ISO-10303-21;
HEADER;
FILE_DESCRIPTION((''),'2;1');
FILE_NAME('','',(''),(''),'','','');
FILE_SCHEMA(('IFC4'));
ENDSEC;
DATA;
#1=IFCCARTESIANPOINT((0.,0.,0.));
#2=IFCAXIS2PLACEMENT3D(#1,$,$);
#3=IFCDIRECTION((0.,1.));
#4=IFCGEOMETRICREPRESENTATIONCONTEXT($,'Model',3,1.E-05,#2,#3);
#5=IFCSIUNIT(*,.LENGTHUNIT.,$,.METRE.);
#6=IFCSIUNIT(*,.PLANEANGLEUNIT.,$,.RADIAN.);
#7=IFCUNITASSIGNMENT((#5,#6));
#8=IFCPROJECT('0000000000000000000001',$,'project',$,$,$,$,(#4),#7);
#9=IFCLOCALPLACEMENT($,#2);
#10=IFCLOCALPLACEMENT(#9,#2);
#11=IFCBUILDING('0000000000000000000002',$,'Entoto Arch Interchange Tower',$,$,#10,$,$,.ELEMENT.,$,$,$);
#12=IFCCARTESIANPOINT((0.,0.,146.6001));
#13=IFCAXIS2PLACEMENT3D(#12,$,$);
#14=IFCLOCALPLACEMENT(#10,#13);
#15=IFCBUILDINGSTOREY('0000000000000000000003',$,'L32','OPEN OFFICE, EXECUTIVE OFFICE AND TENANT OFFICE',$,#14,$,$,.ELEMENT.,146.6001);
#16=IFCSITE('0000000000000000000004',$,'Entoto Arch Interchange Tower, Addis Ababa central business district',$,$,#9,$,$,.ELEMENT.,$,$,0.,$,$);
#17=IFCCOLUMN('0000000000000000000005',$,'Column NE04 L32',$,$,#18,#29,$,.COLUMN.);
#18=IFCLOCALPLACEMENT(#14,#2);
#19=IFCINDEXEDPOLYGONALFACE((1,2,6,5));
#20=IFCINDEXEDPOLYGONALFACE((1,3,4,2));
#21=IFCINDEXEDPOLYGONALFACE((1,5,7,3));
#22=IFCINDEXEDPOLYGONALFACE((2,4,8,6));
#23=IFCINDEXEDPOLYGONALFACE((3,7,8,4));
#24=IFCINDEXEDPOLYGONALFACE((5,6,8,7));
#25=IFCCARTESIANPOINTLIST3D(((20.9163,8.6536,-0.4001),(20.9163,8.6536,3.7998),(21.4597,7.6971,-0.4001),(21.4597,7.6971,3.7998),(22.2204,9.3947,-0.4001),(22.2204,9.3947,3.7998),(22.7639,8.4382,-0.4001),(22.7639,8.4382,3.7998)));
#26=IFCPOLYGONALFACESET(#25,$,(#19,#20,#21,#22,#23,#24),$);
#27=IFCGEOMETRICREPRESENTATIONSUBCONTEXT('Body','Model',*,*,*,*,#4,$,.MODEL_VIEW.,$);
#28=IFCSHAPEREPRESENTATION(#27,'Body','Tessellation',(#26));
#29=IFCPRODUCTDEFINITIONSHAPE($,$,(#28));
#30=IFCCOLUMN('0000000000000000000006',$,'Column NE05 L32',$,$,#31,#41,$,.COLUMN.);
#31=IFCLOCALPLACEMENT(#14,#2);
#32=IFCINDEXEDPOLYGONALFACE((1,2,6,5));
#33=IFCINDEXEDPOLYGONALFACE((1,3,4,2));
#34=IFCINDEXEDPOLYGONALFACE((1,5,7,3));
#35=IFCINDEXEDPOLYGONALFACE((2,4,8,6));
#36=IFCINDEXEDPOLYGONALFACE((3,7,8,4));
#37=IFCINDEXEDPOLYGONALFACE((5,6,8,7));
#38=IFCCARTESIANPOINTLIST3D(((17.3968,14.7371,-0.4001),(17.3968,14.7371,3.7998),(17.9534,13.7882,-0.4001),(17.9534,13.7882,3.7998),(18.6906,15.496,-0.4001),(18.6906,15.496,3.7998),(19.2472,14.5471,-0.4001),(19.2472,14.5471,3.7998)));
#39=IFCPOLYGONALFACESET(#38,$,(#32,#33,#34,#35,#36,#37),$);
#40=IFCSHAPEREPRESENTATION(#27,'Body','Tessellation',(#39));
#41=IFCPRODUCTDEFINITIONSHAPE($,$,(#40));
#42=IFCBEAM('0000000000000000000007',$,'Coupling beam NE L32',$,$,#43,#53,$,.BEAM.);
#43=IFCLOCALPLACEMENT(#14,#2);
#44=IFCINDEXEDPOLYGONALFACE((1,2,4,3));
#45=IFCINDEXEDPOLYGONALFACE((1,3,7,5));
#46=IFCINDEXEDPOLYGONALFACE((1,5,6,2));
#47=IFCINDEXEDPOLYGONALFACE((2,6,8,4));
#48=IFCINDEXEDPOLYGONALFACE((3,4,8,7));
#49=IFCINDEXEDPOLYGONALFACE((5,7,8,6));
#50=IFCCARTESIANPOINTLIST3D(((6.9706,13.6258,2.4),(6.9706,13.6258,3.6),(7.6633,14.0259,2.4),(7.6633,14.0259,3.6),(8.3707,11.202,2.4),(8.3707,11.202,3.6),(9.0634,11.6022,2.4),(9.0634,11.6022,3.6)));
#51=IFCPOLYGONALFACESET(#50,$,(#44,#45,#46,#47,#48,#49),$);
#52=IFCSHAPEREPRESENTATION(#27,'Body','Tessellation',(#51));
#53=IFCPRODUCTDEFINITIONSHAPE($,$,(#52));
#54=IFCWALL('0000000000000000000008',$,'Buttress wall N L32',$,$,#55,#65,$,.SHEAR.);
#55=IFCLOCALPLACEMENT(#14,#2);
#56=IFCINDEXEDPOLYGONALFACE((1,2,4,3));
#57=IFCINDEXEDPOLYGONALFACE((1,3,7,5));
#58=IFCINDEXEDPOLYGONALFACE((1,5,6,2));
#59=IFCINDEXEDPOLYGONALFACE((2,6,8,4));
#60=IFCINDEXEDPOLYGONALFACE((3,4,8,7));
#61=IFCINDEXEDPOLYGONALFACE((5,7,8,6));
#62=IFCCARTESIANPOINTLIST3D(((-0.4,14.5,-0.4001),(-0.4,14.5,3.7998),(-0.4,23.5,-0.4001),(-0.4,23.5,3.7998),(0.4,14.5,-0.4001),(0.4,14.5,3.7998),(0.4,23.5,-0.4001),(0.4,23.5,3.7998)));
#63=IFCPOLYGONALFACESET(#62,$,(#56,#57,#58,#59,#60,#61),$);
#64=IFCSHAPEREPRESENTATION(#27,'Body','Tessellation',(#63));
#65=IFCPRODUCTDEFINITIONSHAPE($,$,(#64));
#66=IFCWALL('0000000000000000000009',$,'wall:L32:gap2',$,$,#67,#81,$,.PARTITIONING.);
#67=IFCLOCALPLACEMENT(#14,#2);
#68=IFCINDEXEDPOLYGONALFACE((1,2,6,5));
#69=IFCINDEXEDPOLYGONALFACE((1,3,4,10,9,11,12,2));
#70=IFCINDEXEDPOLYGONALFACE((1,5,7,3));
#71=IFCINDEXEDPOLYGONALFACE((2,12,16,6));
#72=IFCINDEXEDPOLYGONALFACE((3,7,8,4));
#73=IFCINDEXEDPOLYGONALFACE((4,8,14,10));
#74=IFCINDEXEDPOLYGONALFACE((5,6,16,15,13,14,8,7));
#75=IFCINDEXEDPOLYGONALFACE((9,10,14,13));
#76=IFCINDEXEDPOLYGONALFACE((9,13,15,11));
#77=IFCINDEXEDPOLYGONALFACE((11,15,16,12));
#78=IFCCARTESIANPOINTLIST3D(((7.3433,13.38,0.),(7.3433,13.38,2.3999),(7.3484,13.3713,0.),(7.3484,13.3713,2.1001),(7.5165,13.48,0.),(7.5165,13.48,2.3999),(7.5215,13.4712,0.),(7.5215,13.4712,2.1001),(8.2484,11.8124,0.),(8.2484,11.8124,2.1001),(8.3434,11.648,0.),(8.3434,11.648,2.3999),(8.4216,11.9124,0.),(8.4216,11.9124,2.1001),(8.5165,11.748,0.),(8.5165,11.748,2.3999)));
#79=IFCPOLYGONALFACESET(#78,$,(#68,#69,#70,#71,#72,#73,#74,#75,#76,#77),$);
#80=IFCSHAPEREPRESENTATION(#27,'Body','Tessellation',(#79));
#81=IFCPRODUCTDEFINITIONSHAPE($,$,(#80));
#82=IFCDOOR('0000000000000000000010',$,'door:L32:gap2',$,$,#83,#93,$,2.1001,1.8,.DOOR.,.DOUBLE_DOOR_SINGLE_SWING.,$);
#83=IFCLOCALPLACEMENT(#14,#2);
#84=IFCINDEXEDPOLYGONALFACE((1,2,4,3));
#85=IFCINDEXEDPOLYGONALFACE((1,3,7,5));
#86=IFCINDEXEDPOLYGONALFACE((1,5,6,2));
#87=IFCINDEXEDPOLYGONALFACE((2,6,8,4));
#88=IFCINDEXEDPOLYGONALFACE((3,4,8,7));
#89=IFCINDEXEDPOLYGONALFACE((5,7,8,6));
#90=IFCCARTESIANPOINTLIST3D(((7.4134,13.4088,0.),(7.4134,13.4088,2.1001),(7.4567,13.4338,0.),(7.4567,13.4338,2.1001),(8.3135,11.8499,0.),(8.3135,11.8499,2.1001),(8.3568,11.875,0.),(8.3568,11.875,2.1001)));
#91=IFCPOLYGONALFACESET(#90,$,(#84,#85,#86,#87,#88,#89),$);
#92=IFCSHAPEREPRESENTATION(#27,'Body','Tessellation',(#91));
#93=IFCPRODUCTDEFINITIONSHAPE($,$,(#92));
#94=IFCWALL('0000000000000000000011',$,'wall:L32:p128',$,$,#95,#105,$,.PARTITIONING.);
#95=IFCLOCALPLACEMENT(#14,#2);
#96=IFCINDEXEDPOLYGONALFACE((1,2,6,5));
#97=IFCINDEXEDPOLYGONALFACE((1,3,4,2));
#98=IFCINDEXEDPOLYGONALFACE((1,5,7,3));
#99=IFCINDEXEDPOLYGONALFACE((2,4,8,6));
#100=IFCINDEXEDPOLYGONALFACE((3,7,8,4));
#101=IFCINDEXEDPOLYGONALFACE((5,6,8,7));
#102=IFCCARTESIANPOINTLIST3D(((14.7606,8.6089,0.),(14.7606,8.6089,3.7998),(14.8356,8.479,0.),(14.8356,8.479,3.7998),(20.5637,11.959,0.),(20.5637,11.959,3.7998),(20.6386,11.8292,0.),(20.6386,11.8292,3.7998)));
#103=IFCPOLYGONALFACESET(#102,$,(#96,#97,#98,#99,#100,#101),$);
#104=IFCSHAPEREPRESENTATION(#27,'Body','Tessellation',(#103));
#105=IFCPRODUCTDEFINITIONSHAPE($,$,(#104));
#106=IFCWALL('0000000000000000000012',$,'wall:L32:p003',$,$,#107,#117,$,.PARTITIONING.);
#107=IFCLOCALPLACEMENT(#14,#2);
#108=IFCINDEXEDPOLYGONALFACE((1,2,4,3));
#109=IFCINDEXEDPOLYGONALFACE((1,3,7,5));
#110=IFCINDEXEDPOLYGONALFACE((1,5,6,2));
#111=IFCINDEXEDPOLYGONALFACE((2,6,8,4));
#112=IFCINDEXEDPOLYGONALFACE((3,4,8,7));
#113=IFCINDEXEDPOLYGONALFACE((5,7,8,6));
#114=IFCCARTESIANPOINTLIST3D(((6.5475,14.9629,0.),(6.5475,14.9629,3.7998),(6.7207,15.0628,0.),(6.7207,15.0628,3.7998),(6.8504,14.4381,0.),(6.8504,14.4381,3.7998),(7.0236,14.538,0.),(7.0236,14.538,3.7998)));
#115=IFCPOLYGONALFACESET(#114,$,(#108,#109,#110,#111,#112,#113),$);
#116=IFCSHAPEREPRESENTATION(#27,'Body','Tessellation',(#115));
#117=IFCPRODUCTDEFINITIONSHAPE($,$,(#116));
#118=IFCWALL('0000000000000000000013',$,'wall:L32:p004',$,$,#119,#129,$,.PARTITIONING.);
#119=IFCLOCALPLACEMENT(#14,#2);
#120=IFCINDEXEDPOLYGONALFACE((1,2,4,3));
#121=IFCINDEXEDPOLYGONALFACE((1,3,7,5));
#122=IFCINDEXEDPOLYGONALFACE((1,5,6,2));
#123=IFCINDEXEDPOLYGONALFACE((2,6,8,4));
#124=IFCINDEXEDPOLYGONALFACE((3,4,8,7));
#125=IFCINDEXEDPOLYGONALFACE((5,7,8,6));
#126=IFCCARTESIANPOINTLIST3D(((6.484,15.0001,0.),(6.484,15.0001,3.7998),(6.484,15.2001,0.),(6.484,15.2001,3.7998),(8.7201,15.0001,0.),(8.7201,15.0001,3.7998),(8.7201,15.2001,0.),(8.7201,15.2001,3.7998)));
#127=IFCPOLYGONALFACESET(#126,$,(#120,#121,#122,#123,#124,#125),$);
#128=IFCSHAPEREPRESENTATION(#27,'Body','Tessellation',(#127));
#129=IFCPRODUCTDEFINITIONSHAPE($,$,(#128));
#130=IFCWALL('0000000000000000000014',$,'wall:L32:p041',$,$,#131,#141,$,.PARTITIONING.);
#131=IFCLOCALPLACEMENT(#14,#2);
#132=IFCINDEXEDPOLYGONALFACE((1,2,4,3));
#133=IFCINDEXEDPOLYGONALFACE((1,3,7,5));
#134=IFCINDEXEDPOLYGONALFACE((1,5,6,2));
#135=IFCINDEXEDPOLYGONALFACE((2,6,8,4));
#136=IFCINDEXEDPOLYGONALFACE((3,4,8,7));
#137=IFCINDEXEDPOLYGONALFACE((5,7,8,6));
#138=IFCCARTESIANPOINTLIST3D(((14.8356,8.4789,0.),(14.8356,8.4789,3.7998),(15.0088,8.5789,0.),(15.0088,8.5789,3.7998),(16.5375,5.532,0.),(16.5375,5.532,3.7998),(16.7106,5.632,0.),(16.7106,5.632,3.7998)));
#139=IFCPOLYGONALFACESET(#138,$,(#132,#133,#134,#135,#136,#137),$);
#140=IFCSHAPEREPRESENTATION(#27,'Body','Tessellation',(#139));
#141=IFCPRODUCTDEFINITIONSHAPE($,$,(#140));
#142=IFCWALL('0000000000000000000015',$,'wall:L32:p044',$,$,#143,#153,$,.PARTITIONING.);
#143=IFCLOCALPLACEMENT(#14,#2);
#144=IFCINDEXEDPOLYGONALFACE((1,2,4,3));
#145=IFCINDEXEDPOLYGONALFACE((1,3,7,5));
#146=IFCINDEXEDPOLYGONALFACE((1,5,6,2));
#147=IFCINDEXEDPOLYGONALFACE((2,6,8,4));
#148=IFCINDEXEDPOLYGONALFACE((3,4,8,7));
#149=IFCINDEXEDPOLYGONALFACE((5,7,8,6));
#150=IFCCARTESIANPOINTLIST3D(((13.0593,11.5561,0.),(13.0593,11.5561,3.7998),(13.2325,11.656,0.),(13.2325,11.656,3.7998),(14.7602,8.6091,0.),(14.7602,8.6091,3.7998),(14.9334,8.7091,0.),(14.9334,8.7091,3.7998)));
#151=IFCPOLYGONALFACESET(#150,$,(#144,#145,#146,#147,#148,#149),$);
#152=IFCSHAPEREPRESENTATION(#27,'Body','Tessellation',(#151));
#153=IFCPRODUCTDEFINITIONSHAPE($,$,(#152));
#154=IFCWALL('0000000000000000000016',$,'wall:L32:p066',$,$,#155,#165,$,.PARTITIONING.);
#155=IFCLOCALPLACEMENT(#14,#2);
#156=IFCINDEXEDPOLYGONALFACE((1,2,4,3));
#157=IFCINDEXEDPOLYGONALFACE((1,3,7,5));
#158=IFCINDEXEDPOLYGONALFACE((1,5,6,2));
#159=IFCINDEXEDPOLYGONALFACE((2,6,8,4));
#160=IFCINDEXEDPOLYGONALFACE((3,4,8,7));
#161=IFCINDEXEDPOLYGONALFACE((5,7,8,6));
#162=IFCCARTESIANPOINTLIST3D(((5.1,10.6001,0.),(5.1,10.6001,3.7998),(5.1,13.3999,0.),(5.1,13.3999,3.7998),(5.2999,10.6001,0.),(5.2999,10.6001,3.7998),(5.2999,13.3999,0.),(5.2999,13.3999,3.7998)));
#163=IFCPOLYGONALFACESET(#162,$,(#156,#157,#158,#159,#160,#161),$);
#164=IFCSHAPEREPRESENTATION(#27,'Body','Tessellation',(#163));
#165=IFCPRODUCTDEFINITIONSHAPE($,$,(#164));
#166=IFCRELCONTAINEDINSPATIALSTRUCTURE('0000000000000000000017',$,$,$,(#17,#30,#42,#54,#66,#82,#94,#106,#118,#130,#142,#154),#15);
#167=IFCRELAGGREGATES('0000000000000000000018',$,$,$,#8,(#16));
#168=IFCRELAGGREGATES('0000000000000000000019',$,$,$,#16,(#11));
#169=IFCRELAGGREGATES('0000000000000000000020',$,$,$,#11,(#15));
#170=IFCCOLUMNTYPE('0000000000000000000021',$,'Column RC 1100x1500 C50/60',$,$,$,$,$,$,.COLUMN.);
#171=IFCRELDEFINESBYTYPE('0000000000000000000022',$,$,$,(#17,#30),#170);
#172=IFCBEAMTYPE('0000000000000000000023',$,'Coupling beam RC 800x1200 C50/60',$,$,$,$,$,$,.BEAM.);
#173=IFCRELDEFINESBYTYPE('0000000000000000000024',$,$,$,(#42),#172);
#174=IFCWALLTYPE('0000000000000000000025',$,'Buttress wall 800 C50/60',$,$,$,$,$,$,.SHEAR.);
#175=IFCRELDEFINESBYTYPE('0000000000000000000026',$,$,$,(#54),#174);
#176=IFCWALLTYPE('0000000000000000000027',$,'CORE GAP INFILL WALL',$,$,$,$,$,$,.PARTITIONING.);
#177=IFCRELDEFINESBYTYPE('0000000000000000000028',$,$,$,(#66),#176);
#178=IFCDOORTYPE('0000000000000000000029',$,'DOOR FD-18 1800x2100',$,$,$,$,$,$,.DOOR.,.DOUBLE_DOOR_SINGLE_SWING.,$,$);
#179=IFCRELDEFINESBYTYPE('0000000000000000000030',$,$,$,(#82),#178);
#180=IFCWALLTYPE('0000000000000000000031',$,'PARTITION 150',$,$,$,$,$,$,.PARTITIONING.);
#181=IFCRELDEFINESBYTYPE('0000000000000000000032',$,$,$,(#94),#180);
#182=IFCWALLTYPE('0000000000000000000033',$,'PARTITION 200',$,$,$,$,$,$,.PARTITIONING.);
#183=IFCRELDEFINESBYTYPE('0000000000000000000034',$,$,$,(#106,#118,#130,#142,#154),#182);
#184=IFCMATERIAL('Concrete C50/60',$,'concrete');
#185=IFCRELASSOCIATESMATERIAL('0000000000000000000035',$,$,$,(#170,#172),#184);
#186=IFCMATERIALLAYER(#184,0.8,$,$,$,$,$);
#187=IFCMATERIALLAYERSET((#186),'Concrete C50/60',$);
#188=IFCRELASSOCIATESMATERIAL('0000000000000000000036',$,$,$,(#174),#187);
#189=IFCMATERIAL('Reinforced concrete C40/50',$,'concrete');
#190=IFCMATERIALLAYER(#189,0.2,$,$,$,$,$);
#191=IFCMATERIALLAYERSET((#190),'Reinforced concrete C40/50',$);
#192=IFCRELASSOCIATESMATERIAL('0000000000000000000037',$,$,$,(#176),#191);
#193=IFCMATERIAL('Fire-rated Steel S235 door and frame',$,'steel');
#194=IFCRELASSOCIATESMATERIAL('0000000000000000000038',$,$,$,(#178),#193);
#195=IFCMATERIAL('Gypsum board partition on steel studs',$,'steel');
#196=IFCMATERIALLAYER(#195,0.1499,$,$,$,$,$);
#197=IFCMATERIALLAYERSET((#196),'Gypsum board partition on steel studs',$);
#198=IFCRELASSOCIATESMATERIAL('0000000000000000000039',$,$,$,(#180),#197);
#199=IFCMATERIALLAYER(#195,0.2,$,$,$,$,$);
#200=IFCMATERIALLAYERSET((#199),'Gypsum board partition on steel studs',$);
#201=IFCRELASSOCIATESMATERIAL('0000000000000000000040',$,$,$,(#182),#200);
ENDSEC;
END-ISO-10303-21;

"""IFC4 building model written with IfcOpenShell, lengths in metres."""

from ifc_helpers import new_model, si_unit, direction, frame, frame_2d, origin, origin_2d, place, context, subcontext, project, spatial, rectangle, extrude, material, layer, layer_set, material_profile, profile_set, type_object, element, fill, save


model = new_model("IFC4")

# Units and contexts
model_context = context("Model", 3, precision=1e-05, world=origin(), true_north=direction((0.0, 1.0)))
body_context = subcontext(model_context, "Body", "Model", "MODEL_VIEW")
ifc_project = project(units=[si_unit("LENGTHUNIT", "METRE"), si_unit("PLANEANGLEUNIT", "RADIAN")], contexts=[model_context])

# Site, building, storey
site_placement = place(None, origin())
site = spatial("IfcSite", under=ifc_project, at=site_placement, Name="Entoto Arch Interchange Tower, Addis Ababa central business district", CompositionType="ELEMENT", RefElevation=0.0)
building_placement = place(site_placement, origin())
building = spatial("IfcBuilding", under=site, at=building_placement, Name="Entoto Arch Interchange Tower", CompositionType="ELEMENT")
storey_placement = place(building_placement, frame((0.0, 0.0, 146.6001)))
storey = spatial("IfcBuildingStorey", under=building, at=storey_placement, Name="L32", Description="OPEN OFFICE, EXECUTIVE OFFICE AND TENANT OFFICE", CompositionType="ELEMENT", Elevation=146.6001)

# Columns
ifc_material_1 = material(Name="Concrete C50/60", Category="concrete")
ifc_material_profile_1 = material_profile(ifc_material_1, rectangle(XDim=1.1001, YDim=1.5, at=origin_2d()))
ifc_profile_set_1 = profile_set([ifc_material_profile_1], Name="Concrete C50/60")
column_type = type_object("IfcColumnType", Name="Column RC 1100x1500 C50/60", PredefinedType="COLUMN", material=ifc_profile_set_1)
for number, where, z_axis, x_axis, name in (
    (1, (21.8401, 8.5459, -0.4001), (0.0, 0.0, 1.0), (-0.494018, 0.869452, 0.0), "Column NE04 L32"),
    (2, (18.322, 14.6421, -0.4001), (0.0, 0.0, 1.0), (-0.505958, 0.862558, 0.0), "Column NE05 L32"),
):
    element("IfcColumn", number, at=place(storey_placement, frame(where, z_axis=z_axis, x_axis=x_axis)), inside=storey, type_object=column_type, Name=name, PredefinedType="COLUMN", context=body_context, shape_type="SweptSolid", body=[
        extrude(rectangle(XDim=1.1001, YDim=1.5, at=origin_2d()), origin(), (0.0, 0.0, 1.0), 4.2),
    ])

# Beam
ifc_material_profile_2 = material_profile(ifc_material_1, rectangle(XDim=0.8, YDim=1.2, at=origin_2d()))
ifc_profile_set_2 = profile_set([ifc_material_profile_2], Name="Concrete C50/60")
beam_type = type_object("IfcBeamType", Name="Coupling beam RC 800x1200 C50/60", PredefinedType="BEAM", material=ifc_profile_set_2)
beam_placement = place(storey_placement, frame((8.717, 11.4021, 3.0), z_axis=(-0.500201, 0.86591, 0.0), x_axis=(-0.86591, -0.500201, 0.0)))
element("IfcBeam", 3, at=beam_placement, inside=storey, type_object=beam_type, Name="Coupling beam NE L32", PredefinedType="BEAM", context=body_context, shape_type="SweptSolid", body=[
    extrude(rectangle(XDim=0.8, YDim=1.2, at=origin_2d()), origin(), (0.0, 0.0, 1.0), 2.7991),
])

# Wall
ifc_layer_1 = layer(ifc_material_1, 0.8)
ifc_layer_set_1 = layer_set([ifc_layer_1], Name="Concrete C50/60")
wall_type_1 = type_object("IfcWallType", Name="Buttress wall 800 C50/60", PredefinedType="SHEAR", material=ifc_layer_set_1)
wall_1_placement = place(storey_placement, frame((0.0, 14.5, -0.4001), z_axis=(0.0, 0.0, 1.0), x_axis=(0.0, 1.0, 0.0)))
element("IfcWall", 4, at=wall_1_placement, inside=storey, type_object=wall_type_1, Name="Buttress wall N L32", PredefinedType="SHEAR", context=body_context, shape_type="SweptSolid", body=[
    extrude(rectangle(XDim=9.0, YDim=0.8, at=frame_2d((4.5, 0.0))), origin(), (0.0, 0.0, 1.0), 4.2),
])

# Wall, opening, door
ifc_material_2 = material(Name="Reinforced concrete C40/50", Category="concrete")
ifc_layer_2 = layer(ifc_material_2, 0.2)
ifc_layer_set_2 = layer_set([ifc_layer_2], Name="Reinforced concrete C40/50")
wall_type_2 = type_object("IfcWallType", Name="CORE GAP INFILL WALL", PredefinedType="PARTITIONING", material=ifc_layer_set_2)
wall_2_placement = place(storey_placement, frame((8.4299, 11.698, 0.0), z_axis=(0.0, 0.0, 1.0), x_axis=(-0.500025, 0.866011, 0.0)))
wall_2 = element("IfcWall", 5, at=wall_2_placement, inside=storey, type_object=wall_type_2, Name="wall:L32:gap2", PredefinedType="PARTITIONING", context=body_context, shape_type="SweptSolid", body=[
    extrude(rectangle(XDim=2.0, YDim=0.2, at=frame_2d((1.0, 0.0))), origin(), (0.0, 0.0, 1.0), 2.3999),
])
opening_1_placement = place(wall_2_placement, frame((0.1899, 0.0, 0.0)))
opening_1 = element("IfcOpeningElement", 6, at=opening_1_placement, cuts=wall_2, PredefinedType="OPENING", context=body_context, shape_type="SweptSolid", body=[
    extrude(rectangle(XDim=1.8, YDim=2.1001, at=frame_2d((0.8999, 1.05))), frame((0.0, 0.1099, 0.0), z_axis=(0.0, -1.0, 0.0), x_axis=(1.0, 0.0, 0.0)), (0.0, 0.0, 1.0), 0.22),
])
ifc_material_3 = material(Name="Fire-rated Steel S235 door and frame", Category="steel")
door_type_1 = type_object("IfcDoorType", Name="DOOR FD-18 1800x2100", OperationType="DOUBLE_DOOR_SINGLE_SWING", PredefinedType="DOOR", material=ifc_material_3)
door_1_placement = place(opening_1_placement, origin())
door_1 = element("IfcDoor", 7, at=door_1_placement, inside=storey, type_object=door_type_1, Name="door:L32:gap2", OperationType="DOUBLE_DOOR_SINGLE_SWING", OverallHeight=2.1001, OverallWidth=1.8, PredefinedType="DOOR", context=body_context, shape_type="SweptSolid", body=[
    extrude(rectangle(XDim=1.8, YDim=2.1001, at=frame_2d((0.8999, 1.05))), frame((0.0, 0.0249, 0.0), z_axis=(0.0, -1.0, 0.0), x_axis=(1.0, 0.0, 0.0)), (0.0, 0.0, 1.0), 0.05),
])
fill(opening_1, door_1)

# Walls
ifc_material_4 = material(Name="Gypsum board partition on steel studs", Category="steel")
ifc_layer_3 = layer(ifc_material_4, 0.1499)
ifc_layer_set_3 = layer_set([ifc_layer_3], Name="Gypsum board partition on steel studs")
wall_type_3 = type_object("IfcWallType", Name="PARTITION 150", PredefinedType="PARTITIONING", material=ifc_layer_set_3)
wall_3_placement = place(storey_placement, frame((14.7981, 8.5439, 0.0), z_axis=(0.0, 0.0, 1.0), x_axis=(0.866042, 0.499972, 0.0)))
element("IfcWall", 8, at=wall_3_placement, inside=storey, type_object=wall_type_3, Name="wall:L32:p128", PredefinedType="PARTITIONING", context=body_context, shape_type="SweptSolid", body=[
    extrude(rectangle(XDim=6.7007, YDim=0.1499, at=frame_2d((3.3503, 0.0))), origin(), (0.0, 0.0, 1.0), 3.7998),
])
ifc_layer_4 = layer(ifc_material_4, 0.2)
ifc_layer_set_4 = layer_set([ifc_layer_4], Name="Gypsum board partition on steel studs")
wall_type_4 = type_object("IfcWallType", Name="PARTITION 200", PredefinedType="PARTITIONING", material=ifc_layer_set_4)
wall_4_placement = place(storey_placement, frame((6.937, 14.488, 0.0), z_axis=(0.0, 0.0, 1.0), x_axis=(-0.499908, 0.866078, 0.0)))
element("IfcWall", 9, at=wall_4_placement, inside=storey, type_object=wall_type_4, Name="wall:L32:p003", PredefinedType="PARTITIONING", context=body_context, shape_type="SweptSolid", body=[
    extrude(rectangle(XDim=0.606, YDim=0.2, at=frame_2d((0.303, 0.0))), origin(), (0.0, 0.0, 1.0), 3.7998),
])
wall_5_placement = place(storey_placement, frame((6.4839, 15.1001, 0.0), z_axis=(0.0, 0.0, 1.0), x_axis=(1.0, 0.0, 0.0)))
element("IfcWall", 10, at=wall_5_placement, inside=storey, type_object=wall_type_4, Name="wall:L32:p004", PredefinedType="PARTITIONING", context=body_context, shape_type="SweptSolid", body=[
    extrude(rectangle(XDim=2.2361, YDim=0.2, at=frame_2d((1.1182, 0.0))), origin(), (0.0, 0.0, 1.0), 3.7998),
])
wall_6_placement = place(storey_placement, frame((14.9221, 8.5291, 0.0), z_axis=(0.0, 0.0, 1.0), x_axis=(0.500097, -0.865969, 0.0)))
element("IfcWall", 11, at=wall_6_placement, inside=storey, type_object=wall_type_4, Name="wall:L32:p041", PredefinedType="PARTITIONING", context=body_context, shape_type="SweptSolid", body=[
    extrude(rectangle(XDim=3.4031, YDim=0.2, at=frame_2d((1.7017, 0.0))), origin(), (0.0, 0.0, 1.0), 3.7998),
])
wall_7_placement = place(storey_placement, frame((13.146, 11.606, 0.0), z_axis=(0.0, 0.0, 1.0), x_axis=(0.499882, -0.866094, 0.0)))
element("IfcWall", 12, at=wall_7_placement, inside=storey, type_object=wall_type_4, Name="wall:L32:p044", PredefinedType="PARTITIONING", context=body_context, shape_type="SweptSolid", body=[
    extrude(rectangle(XDim=3.4026, YDim=0.2, at=frame_2d((1.7012, 0.0))), origin(), (0.0, 0.0, 1.0), 3.7998),
])
wall_8_placement = place(storey_placement, frame((5.2, 13.3999, 0.0), z_axis=(0.0, 0.0, 1.0), x_axis=(0.0, -1.0, 0.0)))
element("IfcWall", 13, at=wall_8_placement, inside=storey, type_object=wall_type_4, Name="wall:L32:p066", PredefinedType="PARTITIONING", context=body_context, shape_type="SweptSolid", body=[
    extrude(rectangle(XDim=2.7998, YDim=0.2, at=frame_2d((1.3999, 0.0))), origin(), (0.0, 0.0, 1.0), 3.7998),
])

save(model, "model.ifc")
